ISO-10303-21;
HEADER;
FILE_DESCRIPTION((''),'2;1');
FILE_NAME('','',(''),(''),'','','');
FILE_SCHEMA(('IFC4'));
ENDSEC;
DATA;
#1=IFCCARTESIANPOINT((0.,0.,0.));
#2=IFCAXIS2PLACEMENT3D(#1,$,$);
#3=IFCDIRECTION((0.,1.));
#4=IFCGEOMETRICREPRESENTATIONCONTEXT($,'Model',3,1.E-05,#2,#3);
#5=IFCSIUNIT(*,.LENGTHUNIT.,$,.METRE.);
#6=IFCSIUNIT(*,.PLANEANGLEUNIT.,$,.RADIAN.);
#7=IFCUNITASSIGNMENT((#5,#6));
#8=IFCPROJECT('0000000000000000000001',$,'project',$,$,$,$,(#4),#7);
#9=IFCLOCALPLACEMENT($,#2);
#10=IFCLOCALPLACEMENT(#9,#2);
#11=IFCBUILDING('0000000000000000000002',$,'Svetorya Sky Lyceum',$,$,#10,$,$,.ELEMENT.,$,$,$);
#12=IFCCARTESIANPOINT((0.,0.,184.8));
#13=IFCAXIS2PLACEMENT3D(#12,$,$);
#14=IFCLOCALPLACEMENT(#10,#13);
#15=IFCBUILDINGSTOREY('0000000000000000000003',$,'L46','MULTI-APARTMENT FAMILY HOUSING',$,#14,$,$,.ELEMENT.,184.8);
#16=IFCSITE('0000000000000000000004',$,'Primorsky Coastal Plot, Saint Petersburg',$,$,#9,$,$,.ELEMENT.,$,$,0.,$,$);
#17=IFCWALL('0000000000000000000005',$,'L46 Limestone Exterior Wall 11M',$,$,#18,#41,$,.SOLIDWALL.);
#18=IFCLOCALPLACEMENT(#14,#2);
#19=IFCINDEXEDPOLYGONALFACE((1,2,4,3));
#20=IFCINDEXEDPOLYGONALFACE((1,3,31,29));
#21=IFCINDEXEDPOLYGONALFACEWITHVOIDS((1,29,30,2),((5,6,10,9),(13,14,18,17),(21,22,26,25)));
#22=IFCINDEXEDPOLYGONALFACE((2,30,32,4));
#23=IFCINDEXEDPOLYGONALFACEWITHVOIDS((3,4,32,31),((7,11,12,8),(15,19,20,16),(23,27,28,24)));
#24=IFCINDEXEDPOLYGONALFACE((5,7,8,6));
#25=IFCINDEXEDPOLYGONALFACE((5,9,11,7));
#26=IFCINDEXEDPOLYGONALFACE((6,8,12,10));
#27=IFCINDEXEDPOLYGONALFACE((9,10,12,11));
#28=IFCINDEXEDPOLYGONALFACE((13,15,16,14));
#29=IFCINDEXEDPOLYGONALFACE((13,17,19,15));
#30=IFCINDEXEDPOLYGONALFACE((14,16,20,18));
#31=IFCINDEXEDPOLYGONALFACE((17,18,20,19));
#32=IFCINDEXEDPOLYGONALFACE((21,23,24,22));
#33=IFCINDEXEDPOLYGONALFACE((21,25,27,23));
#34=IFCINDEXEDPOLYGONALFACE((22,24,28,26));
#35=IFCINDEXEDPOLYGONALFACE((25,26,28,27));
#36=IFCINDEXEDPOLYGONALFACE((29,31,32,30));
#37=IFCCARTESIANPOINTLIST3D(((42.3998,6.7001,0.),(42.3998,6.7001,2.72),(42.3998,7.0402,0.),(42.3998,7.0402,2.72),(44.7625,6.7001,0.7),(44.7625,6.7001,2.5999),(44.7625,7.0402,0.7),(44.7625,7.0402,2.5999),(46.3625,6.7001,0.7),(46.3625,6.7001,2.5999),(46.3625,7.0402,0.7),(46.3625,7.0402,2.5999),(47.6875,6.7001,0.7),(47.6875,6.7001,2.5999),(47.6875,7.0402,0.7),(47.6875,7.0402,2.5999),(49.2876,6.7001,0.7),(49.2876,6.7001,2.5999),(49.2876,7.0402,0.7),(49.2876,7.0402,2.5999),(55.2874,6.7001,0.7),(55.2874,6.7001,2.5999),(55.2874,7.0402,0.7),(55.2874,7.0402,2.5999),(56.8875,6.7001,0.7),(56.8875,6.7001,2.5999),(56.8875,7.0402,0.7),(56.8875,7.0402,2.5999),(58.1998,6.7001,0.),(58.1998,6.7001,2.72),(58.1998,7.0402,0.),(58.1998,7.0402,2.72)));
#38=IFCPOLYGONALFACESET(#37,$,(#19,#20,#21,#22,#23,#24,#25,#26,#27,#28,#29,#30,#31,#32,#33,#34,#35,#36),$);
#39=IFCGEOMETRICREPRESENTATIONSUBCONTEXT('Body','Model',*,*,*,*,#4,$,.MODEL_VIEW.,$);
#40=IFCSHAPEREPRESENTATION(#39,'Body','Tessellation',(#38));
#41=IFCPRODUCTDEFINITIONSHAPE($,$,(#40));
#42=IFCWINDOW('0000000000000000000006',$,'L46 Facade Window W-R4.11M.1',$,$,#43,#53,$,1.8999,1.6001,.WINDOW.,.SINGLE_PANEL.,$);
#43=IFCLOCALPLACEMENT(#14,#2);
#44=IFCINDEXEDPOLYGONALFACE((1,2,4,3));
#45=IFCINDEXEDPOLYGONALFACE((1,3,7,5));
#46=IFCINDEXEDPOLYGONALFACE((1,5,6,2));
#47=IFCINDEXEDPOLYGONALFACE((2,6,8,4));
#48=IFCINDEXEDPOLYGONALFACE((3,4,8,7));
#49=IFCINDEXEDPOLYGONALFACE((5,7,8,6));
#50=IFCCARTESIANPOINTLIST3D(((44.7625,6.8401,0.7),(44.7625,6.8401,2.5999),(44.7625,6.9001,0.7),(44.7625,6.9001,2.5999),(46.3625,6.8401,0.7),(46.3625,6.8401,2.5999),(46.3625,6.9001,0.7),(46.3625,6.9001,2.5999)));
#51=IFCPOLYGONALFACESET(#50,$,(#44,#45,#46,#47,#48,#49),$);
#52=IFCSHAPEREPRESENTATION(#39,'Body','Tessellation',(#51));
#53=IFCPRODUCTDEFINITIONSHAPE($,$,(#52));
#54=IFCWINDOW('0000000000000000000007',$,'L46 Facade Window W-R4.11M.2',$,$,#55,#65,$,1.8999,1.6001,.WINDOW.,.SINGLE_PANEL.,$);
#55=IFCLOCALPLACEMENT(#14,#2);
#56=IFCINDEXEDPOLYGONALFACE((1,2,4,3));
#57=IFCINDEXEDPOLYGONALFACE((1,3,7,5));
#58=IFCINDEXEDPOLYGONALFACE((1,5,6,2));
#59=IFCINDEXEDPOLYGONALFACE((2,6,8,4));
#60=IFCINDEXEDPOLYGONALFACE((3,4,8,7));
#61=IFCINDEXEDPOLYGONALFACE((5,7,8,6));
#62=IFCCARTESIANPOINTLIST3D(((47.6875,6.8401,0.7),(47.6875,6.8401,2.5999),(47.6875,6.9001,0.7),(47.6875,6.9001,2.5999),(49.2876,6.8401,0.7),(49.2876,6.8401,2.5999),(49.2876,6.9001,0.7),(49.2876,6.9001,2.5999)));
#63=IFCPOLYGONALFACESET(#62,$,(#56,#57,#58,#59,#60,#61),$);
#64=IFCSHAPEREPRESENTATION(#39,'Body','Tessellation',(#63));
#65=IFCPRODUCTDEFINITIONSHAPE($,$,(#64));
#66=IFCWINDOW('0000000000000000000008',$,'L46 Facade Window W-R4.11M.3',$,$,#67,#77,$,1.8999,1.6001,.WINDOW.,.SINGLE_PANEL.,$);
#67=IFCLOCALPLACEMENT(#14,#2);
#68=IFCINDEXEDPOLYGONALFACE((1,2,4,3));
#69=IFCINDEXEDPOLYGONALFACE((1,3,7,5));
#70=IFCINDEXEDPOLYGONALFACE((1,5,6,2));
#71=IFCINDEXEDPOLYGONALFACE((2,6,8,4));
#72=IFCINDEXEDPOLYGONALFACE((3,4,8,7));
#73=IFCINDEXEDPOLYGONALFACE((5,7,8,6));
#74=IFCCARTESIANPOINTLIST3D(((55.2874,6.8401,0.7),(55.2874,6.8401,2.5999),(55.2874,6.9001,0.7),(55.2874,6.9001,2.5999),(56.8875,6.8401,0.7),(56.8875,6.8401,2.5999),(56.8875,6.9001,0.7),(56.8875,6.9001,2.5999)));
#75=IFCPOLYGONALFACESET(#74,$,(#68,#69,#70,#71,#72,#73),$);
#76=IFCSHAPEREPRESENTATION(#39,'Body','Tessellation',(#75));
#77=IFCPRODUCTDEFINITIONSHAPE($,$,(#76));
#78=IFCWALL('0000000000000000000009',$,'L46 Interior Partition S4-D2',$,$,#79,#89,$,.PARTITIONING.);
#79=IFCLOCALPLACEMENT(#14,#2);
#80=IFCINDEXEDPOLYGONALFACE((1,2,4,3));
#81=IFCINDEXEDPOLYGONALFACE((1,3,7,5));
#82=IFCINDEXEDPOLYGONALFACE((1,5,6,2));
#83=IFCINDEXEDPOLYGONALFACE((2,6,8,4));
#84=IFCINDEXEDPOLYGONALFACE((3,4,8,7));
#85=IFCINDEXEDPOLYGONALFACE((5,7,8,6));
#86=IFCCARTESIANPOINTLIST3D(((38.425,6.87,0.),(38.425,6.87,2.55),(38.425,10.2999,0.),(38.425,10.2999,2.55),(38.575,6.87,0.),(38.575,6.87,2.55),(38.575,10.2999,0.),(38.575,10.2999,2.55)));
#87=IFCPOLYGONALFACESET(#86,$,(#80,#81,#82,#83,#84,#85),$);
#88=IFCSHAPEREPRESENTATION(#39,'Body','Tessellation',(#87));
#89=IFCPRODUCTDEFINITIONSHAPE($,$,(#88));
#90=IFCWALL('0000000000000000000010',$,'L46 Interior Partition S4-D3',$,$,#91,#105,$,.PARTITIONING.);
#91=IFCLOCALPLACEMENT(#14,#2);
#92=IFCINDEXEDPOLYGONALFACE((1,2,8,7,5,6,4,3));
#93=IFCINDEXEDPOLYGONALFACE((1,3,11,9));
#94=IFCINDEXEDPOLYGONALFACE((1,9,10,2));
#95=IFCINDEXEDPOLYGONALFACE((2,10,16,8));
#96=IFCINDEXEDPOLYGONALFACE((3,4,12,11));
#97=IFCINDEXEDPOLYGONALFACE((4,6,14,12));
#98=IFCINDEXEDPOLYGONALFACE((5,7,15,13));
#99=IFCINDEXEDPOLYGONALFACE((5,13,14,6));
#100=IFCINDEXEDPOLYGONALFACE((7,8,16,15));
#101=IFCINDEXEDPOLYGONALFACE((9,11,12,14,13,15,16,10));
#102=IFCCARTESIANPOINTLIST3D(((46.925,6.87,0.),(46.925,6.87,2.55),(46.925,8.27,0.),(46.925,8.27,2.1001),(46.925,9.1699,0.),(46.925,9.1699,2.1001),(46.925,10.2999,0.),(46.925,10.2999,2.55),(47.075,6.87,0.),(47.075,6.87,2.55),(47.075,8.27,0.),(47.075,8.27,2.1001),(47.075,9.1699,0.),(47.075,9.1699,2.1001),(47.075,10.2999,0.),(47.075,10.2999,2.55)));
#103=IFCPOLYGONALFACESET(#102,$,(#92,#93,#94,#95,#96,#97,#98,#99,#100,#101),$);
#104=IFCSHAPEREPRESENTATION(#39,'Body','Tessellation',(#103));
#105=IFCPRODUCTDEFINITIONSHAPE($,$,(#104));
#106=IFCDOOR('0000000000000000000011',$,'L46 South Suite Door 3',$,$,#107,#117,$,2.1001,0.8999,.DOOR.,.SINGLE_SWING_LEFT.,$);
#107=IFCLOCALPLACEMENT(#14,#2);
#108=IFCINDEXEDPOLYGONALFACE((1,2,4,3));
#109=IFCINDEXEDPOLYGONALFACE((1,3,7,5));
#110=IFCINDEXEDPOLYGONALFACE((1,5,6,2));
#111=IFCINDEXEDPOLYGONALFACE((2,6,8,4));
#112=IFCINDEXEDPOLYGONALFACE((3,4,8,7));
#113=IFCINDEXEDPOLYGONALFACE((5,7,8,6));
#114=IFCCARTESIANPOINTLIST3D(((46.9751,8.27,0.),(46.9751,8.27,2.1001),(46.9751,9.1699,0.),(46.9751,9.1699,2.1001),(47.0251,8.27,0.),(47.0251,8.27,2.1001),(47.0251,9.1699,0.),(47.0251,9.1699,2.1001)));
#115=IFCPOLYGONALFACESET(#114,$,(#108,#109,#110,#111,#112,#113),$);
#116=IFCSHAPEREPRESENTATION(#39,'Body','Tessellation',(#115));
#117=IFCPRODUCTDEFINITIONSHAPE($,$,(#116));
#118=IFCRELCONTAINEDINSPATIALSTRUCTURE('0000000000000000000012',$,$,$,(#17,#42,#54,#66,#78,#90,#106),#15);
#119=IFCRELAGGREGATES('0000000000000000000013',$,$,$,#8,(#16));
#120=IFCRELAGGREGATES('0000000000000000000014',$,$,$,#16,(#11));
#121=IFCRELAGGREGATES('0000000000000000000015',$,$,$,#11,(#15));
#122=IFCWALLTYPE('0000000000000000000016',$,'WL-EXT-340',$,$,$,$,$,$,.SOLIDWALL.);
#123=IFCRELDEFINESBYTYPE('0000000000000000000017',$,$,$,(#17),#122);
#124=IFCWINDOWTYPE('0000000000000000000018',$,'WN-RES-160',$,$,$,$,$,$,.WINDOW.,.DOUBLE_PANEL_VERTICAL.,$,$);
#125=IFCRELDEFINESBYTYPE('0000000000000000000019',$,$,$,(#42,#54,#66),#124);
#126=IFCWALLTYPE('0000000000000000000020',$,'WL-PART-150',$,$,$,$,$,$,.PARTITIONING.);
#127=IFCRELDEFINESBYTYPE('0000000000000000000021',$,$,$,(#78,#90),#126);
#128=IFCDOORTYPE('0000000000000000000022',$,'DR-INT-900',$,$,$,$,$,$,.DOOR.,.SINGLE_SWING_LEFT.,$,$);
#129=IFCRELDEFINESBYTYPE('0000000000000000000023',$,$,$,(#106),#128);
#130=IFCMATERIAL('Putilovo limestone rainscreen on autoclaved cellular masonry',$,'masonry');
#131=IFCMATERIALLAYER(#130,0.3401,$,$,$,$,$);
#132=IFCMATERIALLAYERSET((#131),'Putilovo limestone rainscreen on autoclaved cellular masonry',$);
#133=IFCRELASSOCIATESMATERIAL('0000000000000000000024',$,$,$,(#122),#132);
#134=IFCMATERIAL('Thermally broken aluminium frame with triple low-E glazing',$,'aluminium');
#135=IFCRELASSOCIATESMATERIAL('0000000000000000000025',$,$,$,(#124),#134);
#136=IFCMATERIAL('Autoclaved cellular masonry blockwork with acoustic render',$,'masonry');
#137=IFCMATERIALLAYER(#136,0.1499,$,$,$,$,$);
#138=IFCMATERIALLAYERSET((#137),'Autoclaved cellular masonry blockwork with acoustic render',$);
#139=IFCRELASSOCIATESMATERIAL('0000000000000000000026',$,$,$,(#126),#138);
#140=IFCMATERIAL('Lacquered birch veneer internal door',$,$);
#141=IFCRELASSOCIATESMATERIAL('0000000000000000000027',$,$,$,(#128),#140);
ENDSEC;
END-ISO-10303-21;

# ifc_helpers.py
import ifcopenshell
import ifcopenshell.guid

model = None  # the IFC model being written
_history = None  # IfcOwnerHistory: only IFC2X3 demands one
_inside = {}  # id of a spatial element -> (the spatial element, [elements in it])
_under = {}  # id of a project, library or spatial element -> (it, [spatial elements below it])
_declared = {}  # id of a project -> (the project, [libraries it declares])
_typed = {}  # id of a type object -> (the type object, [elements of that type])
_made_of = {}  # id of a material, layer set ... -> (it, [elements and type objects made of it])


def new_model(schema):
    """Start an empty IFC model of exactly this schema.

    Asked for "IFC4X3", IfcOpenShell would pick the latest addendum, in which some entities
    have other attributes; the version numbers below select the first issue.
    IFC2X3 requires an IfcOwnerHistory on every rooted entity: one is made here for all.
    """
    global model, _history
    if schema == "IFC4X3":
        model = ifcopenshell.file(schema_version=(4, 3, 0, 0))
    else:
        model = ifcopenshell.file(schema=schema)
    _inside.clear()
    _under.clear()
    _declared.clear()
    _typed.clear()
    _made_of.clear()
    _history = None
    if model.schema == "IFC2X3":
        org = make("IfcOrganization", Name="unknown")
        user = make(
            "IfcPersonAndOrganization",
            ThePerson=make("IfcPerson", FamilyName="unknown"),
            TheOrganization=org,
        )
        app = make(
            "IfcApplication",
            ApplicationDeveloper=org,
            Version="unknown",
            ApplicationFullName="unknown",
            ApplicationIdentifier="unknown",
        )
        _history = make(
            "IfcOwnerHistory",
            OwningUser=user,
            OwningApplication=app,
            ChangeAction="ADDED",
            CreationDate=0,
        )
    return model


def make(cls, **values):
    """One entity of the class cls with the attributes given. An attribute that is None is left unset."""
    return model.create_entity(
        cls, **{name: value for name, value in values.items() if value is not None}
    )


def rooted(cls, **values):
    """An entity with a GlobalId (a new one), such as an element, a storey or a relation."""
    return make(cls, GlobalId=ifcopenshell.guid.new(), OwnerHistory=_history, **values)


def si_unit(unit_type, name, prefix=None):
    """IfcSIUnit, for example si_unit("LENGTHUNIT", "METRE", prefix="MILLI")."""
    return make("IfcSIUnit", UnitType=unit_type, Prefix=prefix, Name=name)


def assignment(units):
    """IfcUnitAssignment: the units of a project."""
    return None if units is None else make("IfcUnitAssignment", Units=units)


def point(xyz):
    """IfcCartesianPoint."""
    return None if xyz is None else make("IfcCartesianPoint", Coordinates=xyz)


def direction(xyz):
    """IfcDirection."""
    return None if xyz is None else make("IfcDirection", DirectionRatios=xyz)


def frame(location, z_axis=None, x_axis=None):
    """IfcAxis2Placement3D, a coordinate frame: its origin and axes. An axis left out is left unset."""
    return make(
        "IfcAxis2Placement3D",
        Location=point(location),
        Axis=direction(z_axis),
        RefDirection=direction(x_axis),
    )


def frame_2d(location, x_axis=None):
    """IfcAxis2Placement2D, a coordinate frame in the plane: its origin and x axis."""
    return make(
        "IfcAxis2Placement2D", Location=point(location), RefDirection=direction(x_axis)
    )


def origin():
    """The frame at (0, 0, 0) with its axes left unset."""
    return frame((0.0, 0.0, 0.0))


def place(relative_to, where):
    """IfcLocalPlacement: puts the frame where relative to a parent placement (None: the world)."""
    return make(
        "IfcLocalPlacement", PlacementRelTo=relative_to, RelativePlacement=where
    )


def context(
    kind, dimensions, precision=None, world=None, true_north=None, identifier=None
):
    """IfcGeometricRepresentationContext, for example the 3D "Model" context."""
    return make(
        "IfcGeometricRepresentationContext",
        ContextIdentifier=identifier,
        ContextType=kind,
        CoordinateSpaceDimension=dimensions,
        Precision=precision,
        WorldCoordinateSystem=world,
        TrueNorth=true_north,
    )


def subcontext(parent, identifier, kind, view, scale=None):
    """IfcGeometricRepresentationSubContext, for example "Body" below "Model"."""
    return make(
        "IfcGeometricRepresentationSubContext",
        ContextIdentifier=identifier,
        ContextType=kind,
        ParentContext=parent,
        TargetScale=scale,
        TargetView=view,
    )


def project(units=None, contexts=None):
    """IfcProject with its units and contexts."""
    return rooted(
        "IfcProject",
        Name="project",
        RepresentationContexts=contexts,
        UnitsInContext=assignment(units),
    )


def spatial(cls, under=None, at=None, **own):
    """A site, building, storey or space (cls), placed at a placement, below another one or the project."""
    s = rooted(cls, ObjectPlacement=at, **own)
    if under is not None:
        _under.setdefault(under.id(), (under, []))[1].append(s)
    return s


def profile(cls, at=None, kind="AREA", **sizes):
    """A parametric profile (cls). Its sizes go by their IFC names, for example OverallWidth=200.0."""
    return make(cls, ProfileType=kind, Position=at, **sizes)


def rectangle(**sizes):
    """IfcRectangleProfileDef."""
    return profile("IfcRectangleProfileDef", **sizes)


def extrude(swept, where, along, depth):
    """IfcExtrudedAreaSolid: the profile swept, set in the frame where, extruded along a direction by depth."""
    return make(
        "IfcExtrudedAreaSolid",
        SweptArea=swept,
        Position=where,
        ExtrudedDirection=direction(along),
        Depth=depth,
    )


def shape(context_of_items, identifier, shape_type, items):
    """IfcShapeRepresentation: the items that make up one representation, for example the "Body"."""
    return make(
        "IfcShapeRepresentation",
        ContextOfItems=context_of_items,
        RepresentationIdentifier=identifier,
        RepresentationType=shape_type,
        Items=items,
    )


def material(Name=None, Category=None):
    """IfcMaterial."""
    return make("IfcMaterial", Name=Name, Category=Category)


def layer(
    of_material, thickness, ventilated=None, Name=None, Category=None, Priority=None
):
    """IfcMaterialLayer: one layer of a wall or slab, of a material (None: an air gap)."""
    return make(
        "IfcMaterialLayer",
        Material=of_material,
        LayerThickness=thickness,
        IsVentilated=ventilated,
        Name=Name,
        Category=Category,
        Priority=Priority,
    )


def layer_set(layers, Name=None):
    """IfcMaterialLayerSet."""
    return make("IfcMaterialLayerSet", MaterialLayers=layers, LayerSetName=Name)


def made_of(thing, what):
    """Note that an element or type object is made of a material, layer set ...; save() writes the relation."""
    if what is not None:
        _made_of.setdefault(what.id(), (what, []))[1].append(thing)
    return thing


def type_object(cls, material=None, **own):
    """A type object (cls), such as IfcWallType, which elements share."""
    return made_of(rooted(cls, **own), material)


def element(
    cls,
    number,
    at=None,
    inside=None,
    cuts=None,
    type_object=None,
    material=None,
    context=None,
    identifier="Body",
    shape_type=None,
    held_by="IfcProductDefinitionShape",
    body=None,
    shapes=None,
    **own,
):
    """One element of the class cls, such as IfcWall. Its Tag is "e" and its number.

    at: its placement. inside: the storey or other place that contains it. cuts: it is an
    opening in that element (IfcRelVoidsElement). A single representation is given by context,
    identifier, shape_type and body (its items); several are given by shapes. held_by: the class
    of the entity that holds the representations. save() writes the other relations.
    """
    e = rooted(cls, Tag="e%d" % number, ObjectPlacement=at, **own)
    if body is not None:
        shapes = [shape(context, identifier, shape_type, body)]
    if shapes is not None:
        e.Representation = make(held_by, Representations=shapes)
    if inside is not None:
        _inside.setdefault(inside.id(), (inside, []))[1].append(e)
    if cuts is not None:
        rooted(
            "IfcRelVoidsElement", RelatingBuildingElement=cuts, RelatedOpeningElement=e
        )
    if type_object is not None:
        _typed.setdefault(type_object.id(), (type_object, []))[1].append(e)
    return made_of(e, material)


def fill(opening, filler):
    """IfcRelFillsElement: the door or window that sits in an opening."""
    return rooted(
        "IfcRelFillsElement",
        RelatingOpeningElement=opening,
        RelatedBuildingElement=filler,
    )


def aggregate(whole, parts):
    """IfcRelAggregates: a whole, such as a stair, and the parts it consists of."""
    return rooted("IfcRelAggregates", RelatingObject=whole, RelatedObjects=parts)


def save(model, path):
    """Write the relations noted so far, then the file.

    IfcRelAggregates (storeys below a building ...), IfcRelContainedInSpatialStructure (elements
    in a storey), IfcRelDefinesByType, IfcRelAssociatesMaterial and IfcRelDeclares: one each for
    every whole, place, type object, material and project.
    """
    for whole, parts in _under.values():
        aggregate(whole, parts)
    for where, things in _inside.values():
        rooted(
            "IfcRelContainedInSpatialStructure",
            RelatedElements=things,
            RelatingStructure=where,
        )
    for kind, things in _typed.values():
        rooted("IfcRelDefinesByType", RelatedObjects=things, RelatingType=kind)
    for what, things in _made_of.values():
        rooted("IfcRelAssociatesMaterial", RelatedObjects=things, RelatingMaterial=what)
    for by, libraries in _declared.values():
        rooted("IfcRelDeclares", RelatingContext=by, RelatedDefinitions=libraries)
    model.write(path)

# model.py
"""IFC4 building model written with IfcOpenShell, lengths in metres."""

from ifc_helpers import new_model, si_unit, direction, frame, frame_2d, origin, place, context, subcontext, project, spatial, rectangle, extrude, material, layer, layer_set, type_object, element, fill, save


model = new_model("IFC4")

# Units and contexts
model_context = context("Model", 3, precision=1e-05, world=origin(), true_north=direction((0.0, 1.0)))
body_context = subcontext(model_context, "Body", "Model", "MODEL_VIEW")
ifc_project = project(units=[si_unit("LENGTHUNIT", "METRE"), si_unit("PLANEANGLEUNIT", "RADIAN")], contexts=[model_context])

# Site, building, storey
site_placement = place(None, origin())
site = spatial("IfcSite", under=ifc_project, at=site_placement, Name="Primorsky Coastal Plot, Saint Petersburg", CompositionType="ELEMENT", RefElevation=0.0)
building_placement = place(site_placement, origin())
building = spatial("IfcBuilding", under=site, at=building_placement, Name="Svetorya Sky Lyceum", CompositionType="ELEMENT")
storey_placement = place(building_placement, frame((0.0, 0.0, 184.8)))
storey = spatial("IfcBuildingStorey", under=building, at=storey_placement, Name="L46", Description="MULTI-APARTMENT FAMILY HOUSING", CompositionType="ELEMENT", Elevation=184.8)

# Shared definitions
ifc_material_1 = material(Name="Putilovo limestone rainscreen on autoclaved cellular masonry", Category="masonry")
ifc_layer_1 = layer(ifc_material_1, 0.3401)
ifc_layer_set_1 = layer_set([ifc_layer_1], Name="Putilovo limestone rainscreen on autoclaved cellular masonry")
wall_type_1 = type_object("IfcWallType", Name="WL-EXT-340", PredefinedType="SOLIDWALL", material=ifc_layer_set_1)

# Wall, openings, windows
wall_1_placement = place(storey_placement, frame((42.3999, 6.8701, 0.0), z_axis=(0.0, 0.0, 1.0), x_axis=(1.0, 0.0, 0.0)))
wall_1 = element("IfcWall", 1, at=wall_1_placement, inside=storey, type_object=wall_type_1, Name="L46 Limestone Exterior Wall 11M", PredefinedType="SOLIDWALL", context=body_context, shape_type="SweptSolid", body=[
    extrude(rectangle(XDim=15.8, YDim=0.3401, at=frame_2d((7.8999, 0.0))), origin(), (0.0, 0.0, 1.0), 2.72),
])
opening_1_placement = place(wall_1_placement, frame((2.3625, 0.0, 0.7)))
opening_1 = element("IfcOpeningElement", 2, at=opening_1_placement, cuts=wall_1, PredefinedType="OPENING", context=body_context, shape_type="SweptSolid", body=[
    extrude(rectangle(XDim=1.6001, YDim=1.8999, at=frame_2d((0.8, 0.95))), frame((0.0, 0.1799, 0.0), z_axis=(0.0, -1.0, 0.0), x_axis=(1.0, 0.0, 0.0)), (0.0, 0.0, 1.0), 0.3601),
])
opening_2_placement = place(wall_1_placement, frame((5.2876, 0.0, 0.7)))
opening_2 = element("IfcOpeningElement", 3, at=opening_2_placement, cuts=wall_1, PredefinedType="OPENING", context=body_context, shape_type="SweptSolid", body=[
    extrude(rectangle(XDim=1.6001, YDim=1.8999, at=frame_2d((0.8, 0.95))), frame((0.0, 0.1799, 0.0), z_axis=(0.0, -1.0, 0.0), x_axis=(1.0, 0.0, 0.0)), (0.0, 0.0, 1.0), 0.3601),
])
opening_3_placement = place(wall_1_placement, frame((12.8875, 0.0, 0.7)))
opening_3 = element("IfcOpeningElement", 4, at=opening_3_placement, cuts=wall_1, PredefinedType="OPENING", context=body_context, shape_type="SweptSolid", body=[
    extrude(rectangle(XDim=1.6001, YDim=1.8999, at=frame_2d((0.8, 0.95))), frame((0.0, 0.1799, 0.0), z_axis=(0.0, -1.0, 0.0), x_axis=(1.0, 0.0, 0.0)), (0.0, 0.0, 1.0), 0.3601),
])
ifc_material_2 = material(Name="Thermally broken aluminium frame with triple low-E glazing", Category="aluminium")
window_type = type_object("IfcWindowType", Name="WN-RES-160", PartitioningType="DOUBLE_PANEL_VERTICAL", PredefinedType="WINDOW", material=ifc_material_2)
window_1_placement = place(opening_1_placement, origin())
window_1 = element("IfcWindow", 5, at=window_1_placement, inside=storey, type_object=window_type, Name="L46 Facade Window W-R4.11M.1", OverallHeight=1.8999, OverallWidth=1.6001, PartitioningType="SINGLE_PANEL", PredefinedType="WINDOW", context=body_context, shape_type="SweptSolid", body=[
    extrude(rectangle(XDim=1.6001, YDim=1.8999, at=frame_2d((0.8, 0.95))), frame((0.0, 0.03, 0.0), z_axis=(0.0, -1.0, 0.0), x_axis=(1.0, 0.0, 0.0)), (0.0, 0.0, 1.0), 0.0601),
])
fill(opening_1, window_1)
window_2_placement = place(opening_2_placement, origin())
window_2 = element("IfcWindow", 6, at=window_2_placement, inside=storey, type_object=window_type, Name="L46 Facade Window W-R4.11M.2", OverallHeight=1.8999, OverallWidth=1.6001, PartitioningType="SINGLE_PANEL", PredefinedType="WINDOW", context=body_context, shape_type="SweptSolid", body=[
    extrude(rectangle(XDim=1.6001, YDim=1.8999, at=frame_2d((0.8, 0.95))), frame((0.0, 0.03, 0.0), z_axis=(0.0, -1.0, 0.0), x_axis=(1.0, 0.0, 0.0)), (0.0, 0.0, 1.0), 0.0601),
])
fill(opening_2, window_2)
window_3_placement = place(opening_3_placement, origin())
window_3 = element("IfcWindow", 7, at=window_3_placement, inside=storey, type_object=window_type, Name="L46 Facade Window W-R4.11M.3", OverallHeight=1.8999, OverallWidth=1.6001, PartitioningType="SINGLE_PANEL", PredefinedType="WINDOW", context=body_context, shape_type="SweptSolid", body=[
    extrude(rectangle(XDim=1.6001, YDim=1.8999, at=frame_2d((0.8, 0.95))), frame((0.0, 0.03, 0.0), z_axis=(0.0, -1.0, 0.0), x_axis=(1.0, 0.0, 0.0)), (0.0, 0.0, 1.0), 0.0601),
])
fill(opening_3, window_3)

# Wall
ifc_material_3 = material(Name="Autoclaved cellular masonry blockwork with acoustic render", Category="masonry")
ifc_layer_2 = layer(ifc_material_3, 0.1499)
ifc_layer_set_2 = layer_set([ifc_layer_2], Name="Autoclaved cellular masonry blockwork with acoustic render")
wall_type_2 = type_object("IfcWallType", Name="WL-PART-150", PredefinedType="PARTITIONING", material=ifc_layer_set_2)
wall_2_placement = place(storey_placement, frame((38.5, 6.8701, 0.0), z_axis=(0.0, 0.0, 1.0), x_axis=(0.0, 1.0, 0.0)))
element("IfcWall", 8, at=wall_2_placement, inside=storey, type_object=wall_type_2, Name="L46 Interior Partition S4-D2", PredefinedType="PARTITIONING", context=body_context, shape_type="SweptSolid", body=[
    extrude(rectangle(XDim=3.4299, YDim=0.1499, at=frame_2d((1.7148, 0.0))), origin(), (0.0, 0.0, 1.0), 2.55),
])

# Wall, opening, door
wall_3_placement = place(storey_placement, frame((47.0, 6.8701, 0.0), z_axis=(0.0, 0.0, 1.0), x_axis=(0.0, 1.0, 0.0)))
wall_3 = element("IfcWall", 9, at=wall_3_placement, inside=storey, type_object=wall_type_2, Name="L46 Interior Partition S4-D3", PredefinedType="PARTITIONING", context=body_context, shape_type="SweptSolid", body=[
    extrude(rectangle(XDim=3.4299, YDim=0.1499, at=frame_2d((1.7148, 0.0))), origin(), (0.0, 0.0, 1.0), 2.55),
])
opening_4_placement = place(wall_3_placement, frame((1.3999, 0.0, 0.0)))
opening_4 = element("IfcOpeningElement", 10, at=opening_4_placement, cuts=wall_3, PredefinedType="OPENING", context=body_context, shape_type="SweptSolid", body=[
    extrude(rectangle(XDim=0.8999, YDim=2.1001, at=frame_2d((0.45, 1.05))), frame((0.0, 0.085, 0.0), z_axis=(0.0, -1.0, 0.0), x_axis=(1.0, 0.0, 0.0)), (0.0, 0.0, 1.0), 0.1699),
])
ifc_material_4 = material(Name="Lacquered birch veneer internal door")
door_type = type_object("IfcDoorType", Name="DR-INT-900", OperationType="SINGLE_SWING_LEFT", PredefinedType="DOOR", material=ifc_material_4)
door_placement = place(opening_4_placement, origin())
door = element("IfcDoor", 11, at=door_placement, inside=storey, type_object=door_type, Name="L46 South Suite Door 3", OperationType="SINGLE_SWING_LEFT", OverallHeight=2.1001, OverallWidth=0.8999, PredefinedType="DOOR", context=body_context, shape_type="SweptSolid", body=[
    extrude(rectangle(XDim=0.8999, YDim=2.1001, at=frame_2d((0.45, 1.05))), frame((0.0, 0.0249, 0.0), z_axis=(0.0, -1.0, 0.0), x_axis=(1.0, 0.0, 0.0)), (0.0, 0.0, 1.0), 0.05),
])
fill(opening_4, door)

save(model, "model.ifc")
